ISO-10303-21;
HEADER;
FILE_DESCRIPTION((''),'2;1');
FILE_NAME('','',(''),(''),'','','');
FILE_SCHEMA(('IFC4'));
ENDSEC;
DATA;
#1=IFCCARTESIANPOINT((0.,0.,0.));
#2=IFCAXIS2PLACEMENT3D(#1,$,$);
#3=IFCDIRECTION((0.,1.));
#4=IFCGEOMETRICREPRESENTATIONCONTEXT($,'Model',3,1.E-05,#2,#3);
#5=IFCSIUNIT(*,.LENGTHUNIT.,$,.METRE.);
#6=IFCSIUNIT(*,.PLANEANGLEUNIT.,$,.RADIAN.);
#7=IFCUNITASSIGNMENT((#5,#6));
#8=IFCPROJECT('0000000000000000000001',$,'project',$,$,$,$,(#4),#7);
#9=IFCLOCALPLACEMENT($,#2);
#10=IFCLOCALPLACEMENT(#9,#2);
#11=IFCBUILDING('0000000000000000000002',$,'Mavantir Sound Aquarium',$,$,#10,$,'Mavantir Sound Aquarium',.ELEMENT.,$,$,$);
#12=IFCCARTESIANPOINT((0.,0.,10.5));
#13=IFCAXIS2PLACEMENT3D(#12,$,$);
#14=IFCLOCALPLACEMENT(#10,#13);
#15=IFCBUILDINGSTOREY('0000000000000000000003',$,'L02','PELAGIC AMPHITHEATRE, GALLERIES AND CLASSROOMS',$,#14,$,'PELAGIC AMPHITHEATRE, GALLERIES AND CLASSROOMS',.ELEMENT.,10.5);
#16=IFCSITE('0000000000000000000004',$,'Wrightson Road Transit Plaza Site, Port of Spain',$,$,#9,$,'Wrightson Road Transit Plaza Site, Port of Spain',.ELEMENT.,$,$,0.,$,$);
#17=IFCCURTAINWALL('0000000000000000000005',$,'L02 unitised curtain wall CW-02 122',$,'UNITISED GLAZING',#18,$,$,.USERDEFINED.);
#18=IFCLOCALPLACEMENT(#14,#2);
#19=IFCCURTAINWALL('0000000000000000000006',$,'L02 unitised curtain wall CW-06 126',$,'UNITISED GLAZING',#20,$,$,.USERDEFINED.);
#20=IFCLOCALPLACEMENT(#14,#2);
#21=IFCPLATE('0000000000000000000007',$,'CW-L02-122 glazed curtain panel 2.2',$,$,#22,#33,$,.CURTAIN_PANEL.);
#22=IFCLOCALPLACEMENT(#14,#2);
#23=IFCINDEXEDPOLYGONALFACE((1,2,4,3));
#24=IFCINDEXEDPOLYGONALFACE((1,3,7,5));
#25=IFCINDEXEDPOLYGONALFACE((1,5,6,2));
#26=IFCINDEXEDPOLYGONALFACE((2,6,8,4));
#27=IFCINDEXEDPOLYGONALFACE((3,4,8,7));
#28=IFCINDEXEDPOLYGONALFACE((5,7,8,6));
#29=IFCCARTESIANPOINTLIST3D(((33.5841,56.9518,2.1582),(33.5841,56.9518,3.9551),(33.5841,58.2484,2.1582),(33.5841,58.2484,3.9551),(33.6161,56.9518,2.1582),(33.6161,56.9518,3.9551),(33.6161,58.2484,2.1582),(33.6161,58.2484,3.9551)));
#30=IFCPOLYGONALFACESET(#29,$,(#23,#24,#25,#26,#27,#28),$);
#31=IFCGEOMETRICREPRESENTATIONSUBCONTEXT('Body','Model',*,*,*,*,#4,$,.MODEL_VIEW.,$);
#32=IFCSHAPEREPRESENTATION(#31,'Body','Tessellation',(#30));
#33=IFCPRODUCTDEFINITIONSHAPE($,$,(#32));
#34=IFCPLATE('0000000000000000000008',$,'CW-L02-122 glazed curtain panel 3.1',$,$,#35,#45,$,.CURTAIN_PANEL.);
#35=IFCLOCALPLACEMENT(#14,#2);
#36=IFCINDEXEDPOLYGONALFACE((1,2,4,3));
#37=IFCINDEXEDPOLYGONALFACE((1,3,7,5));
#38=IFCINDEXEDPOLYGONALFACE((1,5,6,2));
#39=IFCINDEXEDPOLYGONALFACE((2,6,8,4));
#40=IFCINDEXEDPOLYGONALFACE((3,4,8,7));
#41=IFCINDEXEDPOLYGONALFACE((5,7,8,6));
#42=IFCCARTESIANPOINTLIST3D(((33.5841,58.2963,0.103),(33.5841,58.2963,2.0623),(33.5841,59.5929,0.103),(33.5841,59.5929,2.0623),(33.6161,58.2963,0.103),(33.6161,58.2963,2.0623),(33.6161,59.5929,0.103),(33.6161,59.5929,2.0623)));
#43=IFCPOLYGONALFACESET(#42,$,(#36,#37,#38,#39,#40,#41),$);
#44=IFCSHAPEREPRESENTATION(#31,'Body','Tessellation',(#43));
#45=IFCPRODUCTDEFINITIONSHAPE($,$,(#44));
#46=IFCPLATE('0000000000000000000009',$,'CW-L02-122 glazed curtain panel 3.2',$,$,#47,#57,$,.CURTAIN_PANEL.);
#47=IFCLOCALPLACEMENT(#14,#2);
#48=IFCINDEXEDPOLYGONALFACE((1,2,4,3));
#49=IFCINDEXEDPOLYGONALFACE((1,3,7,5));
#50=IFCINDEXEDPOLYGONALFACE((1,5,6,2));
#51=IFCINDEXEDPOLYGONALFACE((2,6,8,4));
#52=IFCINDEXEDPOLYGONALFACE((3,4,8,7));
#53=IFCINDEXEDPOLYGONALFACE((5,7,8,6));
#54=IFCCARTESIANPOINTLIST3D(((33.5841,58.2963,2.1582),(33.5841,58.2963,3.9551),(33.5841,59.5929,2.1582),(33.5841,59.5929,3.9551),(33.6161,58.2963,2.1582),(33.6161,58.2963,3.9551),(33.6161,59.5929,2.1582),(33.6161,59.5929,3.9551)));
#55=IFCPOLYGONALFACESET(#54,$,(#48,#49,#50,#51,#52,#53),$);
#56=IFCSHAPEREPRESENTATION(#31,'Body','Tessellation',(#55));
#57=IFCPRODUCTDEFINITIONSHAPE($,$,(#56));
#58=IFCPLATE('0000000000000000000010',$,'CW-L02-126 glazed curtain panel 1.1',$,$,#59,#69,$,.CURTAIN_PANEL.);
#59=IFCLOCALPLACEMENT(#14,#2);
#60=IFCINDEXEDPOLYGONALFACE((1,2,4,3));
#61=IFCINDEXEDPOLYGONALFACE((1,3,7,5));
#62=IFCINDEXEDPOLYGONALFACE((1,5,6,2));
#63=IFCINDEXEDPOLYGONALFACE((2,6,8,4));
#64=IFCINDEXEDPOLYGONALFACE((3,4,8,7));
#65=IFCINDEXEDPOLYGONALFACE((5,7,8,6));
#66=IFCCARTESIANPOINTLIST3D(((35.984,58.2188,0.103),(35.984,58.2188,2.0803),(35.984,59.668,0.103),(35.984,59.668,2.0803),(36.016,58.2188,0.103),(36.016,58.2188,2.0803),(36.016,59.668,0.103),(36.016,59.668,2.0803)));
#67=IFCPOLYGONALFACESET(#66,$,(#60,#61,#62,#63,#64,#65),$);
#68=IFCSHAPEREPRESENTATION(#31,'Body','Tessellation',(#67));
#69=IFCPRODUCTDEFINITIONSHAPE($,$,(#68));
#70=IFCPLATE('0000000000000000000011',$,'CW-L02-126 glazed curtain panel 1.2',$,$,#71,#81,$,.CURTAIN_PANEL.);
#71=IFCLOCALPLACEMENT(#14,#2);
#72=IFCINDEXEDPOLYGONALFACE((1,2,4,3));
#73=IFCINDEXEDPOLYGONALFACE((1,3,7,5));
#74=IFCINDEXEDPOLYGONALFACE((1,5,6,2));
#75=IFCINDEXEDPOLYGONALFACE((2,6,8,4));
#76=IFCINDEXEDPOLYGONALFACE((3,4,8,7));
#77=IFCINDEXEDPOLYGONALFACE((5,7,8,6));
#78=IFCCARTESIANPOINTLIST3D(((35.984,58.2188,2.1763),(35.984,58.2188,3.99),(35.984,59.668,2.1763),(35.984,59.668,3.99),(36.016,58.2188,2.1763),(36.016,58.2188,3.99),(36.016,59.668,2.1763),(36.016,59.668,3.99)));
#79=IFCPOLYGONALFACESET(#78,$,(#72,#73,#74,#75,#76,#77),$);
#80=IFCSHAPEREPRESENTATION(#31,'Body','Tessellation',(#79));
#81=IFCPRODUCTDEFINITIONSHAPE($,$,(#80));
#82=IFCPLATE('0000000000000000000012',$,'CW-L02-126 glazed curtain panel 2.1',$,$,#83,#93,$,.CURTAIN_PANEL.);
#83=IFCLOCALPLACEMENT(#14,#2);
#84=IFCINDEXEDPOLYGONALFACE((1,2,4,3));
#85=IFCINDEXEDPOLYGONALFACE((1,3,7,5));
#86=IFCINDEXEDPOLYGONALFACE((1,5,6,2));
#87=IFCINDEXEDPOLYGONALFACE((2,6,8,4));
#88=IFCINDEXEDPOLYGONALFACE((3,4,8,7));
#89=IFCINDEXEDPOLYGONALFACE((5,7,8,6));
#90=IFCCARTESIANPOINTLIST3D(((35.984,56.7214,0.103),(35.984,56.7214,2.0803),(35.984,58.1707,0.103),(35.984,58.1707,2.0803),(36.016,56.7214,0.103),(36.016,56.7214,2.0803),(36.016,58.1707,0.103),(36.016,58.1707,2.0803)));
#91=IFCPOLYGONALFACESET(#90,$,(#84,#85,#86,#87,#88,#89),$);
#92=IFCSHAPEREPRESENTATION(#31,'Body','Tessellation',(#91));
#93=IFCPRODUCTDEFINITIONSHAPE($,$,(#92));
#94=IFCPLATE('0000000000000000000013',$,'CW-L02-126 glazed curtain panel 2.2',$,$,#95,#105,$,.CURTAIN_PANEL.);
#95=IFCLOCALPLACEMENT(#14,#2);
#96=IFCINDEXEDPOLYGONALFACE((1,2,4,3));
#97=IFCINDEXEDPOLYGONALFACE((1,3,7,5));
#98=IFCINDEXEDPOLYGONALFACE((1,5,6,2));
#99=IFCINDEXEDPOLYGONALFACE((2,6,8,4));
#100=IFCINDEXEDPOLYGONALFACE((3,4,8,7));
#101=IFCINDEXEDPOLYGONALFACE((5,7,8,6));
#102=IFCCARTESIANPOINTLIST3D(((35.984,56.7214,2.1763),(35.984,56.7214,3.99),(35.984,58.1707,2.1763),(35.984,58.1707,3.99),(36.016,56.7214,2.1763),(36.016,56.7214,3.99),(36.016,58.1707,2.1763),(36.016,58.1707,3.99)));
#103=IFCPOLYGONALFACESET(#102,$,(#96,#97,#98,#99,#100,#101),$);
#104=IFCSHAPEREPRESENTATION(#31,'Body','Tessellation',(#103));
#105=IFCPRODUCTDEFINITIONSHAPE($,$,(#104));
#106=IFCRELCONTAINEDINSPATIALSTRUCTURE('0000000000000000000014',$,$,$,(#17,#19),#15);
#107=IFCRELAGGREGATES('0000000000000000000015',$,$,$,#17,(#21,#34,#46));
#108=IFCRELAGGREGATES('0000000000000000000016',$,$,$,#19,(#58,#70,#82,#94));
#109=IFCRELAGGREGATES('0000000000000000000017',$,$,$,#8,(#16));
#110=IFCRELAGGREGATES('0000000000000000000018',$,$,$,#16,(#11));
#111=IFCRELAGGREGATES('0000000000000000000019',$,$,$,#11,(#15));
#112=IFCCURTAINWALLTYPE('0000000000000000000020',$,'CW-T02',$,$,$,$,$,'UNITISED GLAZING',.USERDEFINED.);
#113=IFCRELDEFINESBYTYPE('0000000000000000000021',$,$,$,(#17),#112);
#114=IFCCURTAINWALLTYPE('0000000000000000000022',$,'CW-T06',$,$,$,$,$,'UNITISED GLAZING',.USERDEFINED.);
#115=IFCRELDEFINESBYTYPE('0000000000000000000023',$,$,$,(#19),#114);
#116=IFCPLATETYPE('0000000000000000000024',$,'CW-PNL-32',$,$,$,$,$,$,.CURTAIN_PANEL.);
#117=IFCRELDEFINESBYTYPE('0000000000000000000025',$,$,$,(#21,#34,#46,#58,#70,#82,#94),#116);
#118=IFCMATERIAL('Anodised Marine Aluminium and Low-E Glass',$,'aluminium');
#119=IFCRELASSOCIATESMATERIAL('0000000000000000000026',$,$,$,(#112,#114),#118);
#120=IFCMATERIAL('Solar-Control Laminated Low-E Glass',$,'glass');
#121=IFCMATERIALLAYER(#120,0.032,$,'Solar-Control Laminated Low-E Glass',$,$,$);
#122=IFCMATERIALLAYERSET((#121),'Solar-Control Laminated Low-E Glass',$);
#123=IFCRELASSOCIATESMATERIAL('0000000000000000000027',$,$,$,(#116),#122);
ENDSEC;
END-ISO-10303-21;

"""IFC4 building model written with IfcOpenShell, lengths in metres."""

from ifc_helpers import new_model, si_unit, direction, frame, origin, origin_2d, place, context, subcontext, project, spatial, rectangle, extrude, material, layer, layer_set, type_object, element, aggregate, save


model = new_model("IFC4")

# Units and contexts
model_context = context("Model", 3, precision=1e-05, world=origin(), true_north=direction((0.0, 1.0)))
body_context = subcontext(model_context, "Body", "Model", "MODEL_VIEW")
ifc_project = project(units=[si_unit("LENGTHUNIT", "METRE"), si_unit("PLANEANGLEUNIT", "RADIAN")], contexts=[model_context])

# Site, building, storey
site_placement = place(None, origin())
site = spatial("IfcSite", under=ifc_project, at=site_placement, Name="Wrightson Road Transit Plaza Site, Port of Spain", LongName="Wrightson Road Transit Plaza Site, Port of Spain", CompositionType="ELEMENT", RefElevation=0.0)
building_placement = place(site_placement, origin())
building = spatial("IfcBuilding", under=site, at=building_placement, Name="Mavantir Sound Aquarium", LongName="Mavantir Sound Aquarium", CompositionType="ELEMENT")
storey_placement = place(building_placement, frame((0.0, 0.0, 10.5)))
storey = spatial("IfcBuildingStorey", under=building, at=storey_placement, Name="L02", Description="PELAGIC AMPHITHEATRE, GALLERIES AND CLASSROOMS", LongName="PELAGIC AMPHITHEATRE, GALLERIES AND CLASSROOMS", CompositionType="ELEMENT", Elevation=10.5)

# Shared definitions
ifc_material_1 = material(Name="Anodised Marine Aluminium and Low-E Glass", Category="aluminium")

# Curtain walls
curtain_wall_type_1 = type_object("IfcCurtainWallType", Name="CW-T02", ElementType="UNITISED GLAZING", PredefinedType="USERDEFINED", material=ifc_material_1)
curtain_wall_1_placement = place(storey_placement, origin())
curtain_wall_1 = element("IfcCurtainWall", 1, at=curtain_wall_1_placement, inside=storey, type_object=curtain_wall_type_1, Name="L02 unitised curtain wall CW-02 122", ObjectType="UNITISED GLAZING", PredefinedType="USERDEFINED")
curtain_wall_type_2 = type_object("IfcCurtainWallType", Name="CW-T06", ElementType="UNITISED GLAZING", PredefinedType="USERDEFINED", material=ifc_material_1)
curtain_wall_2_placement = place(storey_placement, origin())
curtain_wall_2 = element("IfcCurtainWall", 2, at=curtain_wall_2_placement, inside=storey, type_object=curtain_wall_type_2, Name="L02 unitised curtain wall CW-06 126", ObjectType="UNITISED GLAZING", PredefinedType="USERDEFINED")

# Plates
ifc_material_2 = material(Name="Solar-Control Laminated Low-E Glass", Category="glass")
ifc_layer = layer(ifc_material_2, 0.032, Name="Solar-Control Laminated Low-E Glass")
ifc_layer_set = layer_set([ifc_layer], Name="Solar-Control Laminated Low-E Glass")
plate_type = type_object("IfcPlateType", Name="CW-PNL-32", PredefinedType="CURTAIN_PANEL", material=ifc_layer_set)
plate_1_placement = place(storey_placement, frame((33.6001, 57.6001, 2.1582), z_axis=(0.0, 0.0, 1.0), x_axis=(0.0, 1.0, 0.0)))
plate_1 = element("IfcPlate", 3, at=plate_1_placement, type_object=plate_type, Name="CW-L02-122 glazed curtain panel 2.2", PredefinedType="CURTAIN_PANEL", context=body_context, shape_type="SweptSolid", body=[
    extrude(rectangle(XDim=1.2966, YDim=0.032, at=origin_2d()), origin(), (0.0, 0.0, 1.0), 1.7969),
])
plate_2_placement = place(storey_placement, frame((33.6001, 58.9446, 0.103), z_axis=(0.0, 0.0, 1.0), x_axis=(0.0, 1.0, 0.0)))
plate_2 = element("IfcPlate", 4, at=plate_2_placement, type_object=plate_type, Name="CW-L02-122 glazed curtain panel 3.1", PredefinedType="CURTAIN_PANEL", context=body_context, shape_type="SweptSolid", body=[
    extrude(rectangle(XDim=1.2966, YDim=0.032, at=origin_2d()), origin(), (0.0, 0.0, 1.0), 1.9592),
])
plate_3_placement = place(storey_placement, frame((33.6001, 58.9446, 2.1582), z_axis=(0.0, 0.0, 1.0), x_axis=(0.0, 1.0, 0.0)))
plate_3 = element("IfcPlate", 5, at=plate_3_placement, type_object=plate_type, Name="CW-L02-122 glazed curtain panel 3.2", PredefinedType="CURTAIN_PANEL", context=body_context, shape_type="SweptSolid", body=[
    extrude(rectangle(XDim=1.2966, YDim=0.032, at=origin_2d()), origin(), (0.0, 0.0, 1.0), 1.7969),
])
aggregate(curtain_wall_1, [plate_1, plate_2, plate_3])
plate_4_placement = place(storey_placement, frame((36.0, 58.9434, 0.103), z_axis=(0.0, 0.0, 1.0), x_axis=(0.0, -1.0, 0.0)))
plate_4 = element("IfcPlate", 6, at=plate_4_placement, type_object=plate_type, Name="CW-L02-126 glazed curtain panel 1.1", PredefinedType="CURTAIN_PANEL", context=body_context, shape_type="SweptSolid", body=[
    extrude(rectangle(XDim=1.4492, YDim=0.032, at=origin_2d()), origin(), (0.0, 0.0, 1.0), 1.9773),
])
plate_5_placement = place(storey_placement, frame((36.0, 58.9434, 2.1763), z_axis=(0.0, 0.0, 1.0), x_axis=(0.0, -1.0, 0.0)))
plate_5 = element("IfcPlate", 7, at=plate_5_placement, type_object=plate_type, Name="CW-L02-126 glazed curtain panel 1.2", PredefinedType="CURTAIN_PANEL", context=body_context, shape_type="SweptSolid", body=[
    extrude(rectangle(XDim=1.4492, YDim=0.032, at=origin_2d()), origin(), (0.0, 0.0, 1.0), 1.8137),
])
plate_6_placement = place(storey_placement, frame((36.0, 57.446, 0.103), z_axis=(0.0, 0.0, 1.0), x_axis=(0.0, -1.0, 0.0)))
plate_6 = element("IfcPlate", 8, at=plate_6_placement, type_object=plate_type, Name="CW-L02-126 glazed curtain panel 2.1", PredefinedType="CURTAIN_PANEL", context=body_context, shape_type="SweptSolid", body=[
    extrude(rectangle(XDim=1.4492, YDim=0.032, at=origin_2d()), origin(), (0.0, 0.0, 1.0), 1.9773),
])
plate_7_placement = place(storey_placement, frame((36.0, 57.446, 2.1763), z_axis=(0.0, 0.0, 1.0), x_axis=(0.0, -1.0, 0.0)))
plate_7 = element("IfcPlate", 9, at=plate_7_placement, type_object=plate_type, Name="CW-L02-126 glazed curtain panel 2.2", PredefinedType="CURTAIN_PANEL", context=body_context, shape_type="SweptSolid", body=[
    extrude(rectangle(XDim=1.4492, YDim=0.032, at=origin_2d()), origin(), (0.0, 0.0, 1.0), 1.8137),
])
aggregate(curtain_wall_2, [plate_4, plate_5, plate_6, plate_7])

save(model, "model.ifc")
